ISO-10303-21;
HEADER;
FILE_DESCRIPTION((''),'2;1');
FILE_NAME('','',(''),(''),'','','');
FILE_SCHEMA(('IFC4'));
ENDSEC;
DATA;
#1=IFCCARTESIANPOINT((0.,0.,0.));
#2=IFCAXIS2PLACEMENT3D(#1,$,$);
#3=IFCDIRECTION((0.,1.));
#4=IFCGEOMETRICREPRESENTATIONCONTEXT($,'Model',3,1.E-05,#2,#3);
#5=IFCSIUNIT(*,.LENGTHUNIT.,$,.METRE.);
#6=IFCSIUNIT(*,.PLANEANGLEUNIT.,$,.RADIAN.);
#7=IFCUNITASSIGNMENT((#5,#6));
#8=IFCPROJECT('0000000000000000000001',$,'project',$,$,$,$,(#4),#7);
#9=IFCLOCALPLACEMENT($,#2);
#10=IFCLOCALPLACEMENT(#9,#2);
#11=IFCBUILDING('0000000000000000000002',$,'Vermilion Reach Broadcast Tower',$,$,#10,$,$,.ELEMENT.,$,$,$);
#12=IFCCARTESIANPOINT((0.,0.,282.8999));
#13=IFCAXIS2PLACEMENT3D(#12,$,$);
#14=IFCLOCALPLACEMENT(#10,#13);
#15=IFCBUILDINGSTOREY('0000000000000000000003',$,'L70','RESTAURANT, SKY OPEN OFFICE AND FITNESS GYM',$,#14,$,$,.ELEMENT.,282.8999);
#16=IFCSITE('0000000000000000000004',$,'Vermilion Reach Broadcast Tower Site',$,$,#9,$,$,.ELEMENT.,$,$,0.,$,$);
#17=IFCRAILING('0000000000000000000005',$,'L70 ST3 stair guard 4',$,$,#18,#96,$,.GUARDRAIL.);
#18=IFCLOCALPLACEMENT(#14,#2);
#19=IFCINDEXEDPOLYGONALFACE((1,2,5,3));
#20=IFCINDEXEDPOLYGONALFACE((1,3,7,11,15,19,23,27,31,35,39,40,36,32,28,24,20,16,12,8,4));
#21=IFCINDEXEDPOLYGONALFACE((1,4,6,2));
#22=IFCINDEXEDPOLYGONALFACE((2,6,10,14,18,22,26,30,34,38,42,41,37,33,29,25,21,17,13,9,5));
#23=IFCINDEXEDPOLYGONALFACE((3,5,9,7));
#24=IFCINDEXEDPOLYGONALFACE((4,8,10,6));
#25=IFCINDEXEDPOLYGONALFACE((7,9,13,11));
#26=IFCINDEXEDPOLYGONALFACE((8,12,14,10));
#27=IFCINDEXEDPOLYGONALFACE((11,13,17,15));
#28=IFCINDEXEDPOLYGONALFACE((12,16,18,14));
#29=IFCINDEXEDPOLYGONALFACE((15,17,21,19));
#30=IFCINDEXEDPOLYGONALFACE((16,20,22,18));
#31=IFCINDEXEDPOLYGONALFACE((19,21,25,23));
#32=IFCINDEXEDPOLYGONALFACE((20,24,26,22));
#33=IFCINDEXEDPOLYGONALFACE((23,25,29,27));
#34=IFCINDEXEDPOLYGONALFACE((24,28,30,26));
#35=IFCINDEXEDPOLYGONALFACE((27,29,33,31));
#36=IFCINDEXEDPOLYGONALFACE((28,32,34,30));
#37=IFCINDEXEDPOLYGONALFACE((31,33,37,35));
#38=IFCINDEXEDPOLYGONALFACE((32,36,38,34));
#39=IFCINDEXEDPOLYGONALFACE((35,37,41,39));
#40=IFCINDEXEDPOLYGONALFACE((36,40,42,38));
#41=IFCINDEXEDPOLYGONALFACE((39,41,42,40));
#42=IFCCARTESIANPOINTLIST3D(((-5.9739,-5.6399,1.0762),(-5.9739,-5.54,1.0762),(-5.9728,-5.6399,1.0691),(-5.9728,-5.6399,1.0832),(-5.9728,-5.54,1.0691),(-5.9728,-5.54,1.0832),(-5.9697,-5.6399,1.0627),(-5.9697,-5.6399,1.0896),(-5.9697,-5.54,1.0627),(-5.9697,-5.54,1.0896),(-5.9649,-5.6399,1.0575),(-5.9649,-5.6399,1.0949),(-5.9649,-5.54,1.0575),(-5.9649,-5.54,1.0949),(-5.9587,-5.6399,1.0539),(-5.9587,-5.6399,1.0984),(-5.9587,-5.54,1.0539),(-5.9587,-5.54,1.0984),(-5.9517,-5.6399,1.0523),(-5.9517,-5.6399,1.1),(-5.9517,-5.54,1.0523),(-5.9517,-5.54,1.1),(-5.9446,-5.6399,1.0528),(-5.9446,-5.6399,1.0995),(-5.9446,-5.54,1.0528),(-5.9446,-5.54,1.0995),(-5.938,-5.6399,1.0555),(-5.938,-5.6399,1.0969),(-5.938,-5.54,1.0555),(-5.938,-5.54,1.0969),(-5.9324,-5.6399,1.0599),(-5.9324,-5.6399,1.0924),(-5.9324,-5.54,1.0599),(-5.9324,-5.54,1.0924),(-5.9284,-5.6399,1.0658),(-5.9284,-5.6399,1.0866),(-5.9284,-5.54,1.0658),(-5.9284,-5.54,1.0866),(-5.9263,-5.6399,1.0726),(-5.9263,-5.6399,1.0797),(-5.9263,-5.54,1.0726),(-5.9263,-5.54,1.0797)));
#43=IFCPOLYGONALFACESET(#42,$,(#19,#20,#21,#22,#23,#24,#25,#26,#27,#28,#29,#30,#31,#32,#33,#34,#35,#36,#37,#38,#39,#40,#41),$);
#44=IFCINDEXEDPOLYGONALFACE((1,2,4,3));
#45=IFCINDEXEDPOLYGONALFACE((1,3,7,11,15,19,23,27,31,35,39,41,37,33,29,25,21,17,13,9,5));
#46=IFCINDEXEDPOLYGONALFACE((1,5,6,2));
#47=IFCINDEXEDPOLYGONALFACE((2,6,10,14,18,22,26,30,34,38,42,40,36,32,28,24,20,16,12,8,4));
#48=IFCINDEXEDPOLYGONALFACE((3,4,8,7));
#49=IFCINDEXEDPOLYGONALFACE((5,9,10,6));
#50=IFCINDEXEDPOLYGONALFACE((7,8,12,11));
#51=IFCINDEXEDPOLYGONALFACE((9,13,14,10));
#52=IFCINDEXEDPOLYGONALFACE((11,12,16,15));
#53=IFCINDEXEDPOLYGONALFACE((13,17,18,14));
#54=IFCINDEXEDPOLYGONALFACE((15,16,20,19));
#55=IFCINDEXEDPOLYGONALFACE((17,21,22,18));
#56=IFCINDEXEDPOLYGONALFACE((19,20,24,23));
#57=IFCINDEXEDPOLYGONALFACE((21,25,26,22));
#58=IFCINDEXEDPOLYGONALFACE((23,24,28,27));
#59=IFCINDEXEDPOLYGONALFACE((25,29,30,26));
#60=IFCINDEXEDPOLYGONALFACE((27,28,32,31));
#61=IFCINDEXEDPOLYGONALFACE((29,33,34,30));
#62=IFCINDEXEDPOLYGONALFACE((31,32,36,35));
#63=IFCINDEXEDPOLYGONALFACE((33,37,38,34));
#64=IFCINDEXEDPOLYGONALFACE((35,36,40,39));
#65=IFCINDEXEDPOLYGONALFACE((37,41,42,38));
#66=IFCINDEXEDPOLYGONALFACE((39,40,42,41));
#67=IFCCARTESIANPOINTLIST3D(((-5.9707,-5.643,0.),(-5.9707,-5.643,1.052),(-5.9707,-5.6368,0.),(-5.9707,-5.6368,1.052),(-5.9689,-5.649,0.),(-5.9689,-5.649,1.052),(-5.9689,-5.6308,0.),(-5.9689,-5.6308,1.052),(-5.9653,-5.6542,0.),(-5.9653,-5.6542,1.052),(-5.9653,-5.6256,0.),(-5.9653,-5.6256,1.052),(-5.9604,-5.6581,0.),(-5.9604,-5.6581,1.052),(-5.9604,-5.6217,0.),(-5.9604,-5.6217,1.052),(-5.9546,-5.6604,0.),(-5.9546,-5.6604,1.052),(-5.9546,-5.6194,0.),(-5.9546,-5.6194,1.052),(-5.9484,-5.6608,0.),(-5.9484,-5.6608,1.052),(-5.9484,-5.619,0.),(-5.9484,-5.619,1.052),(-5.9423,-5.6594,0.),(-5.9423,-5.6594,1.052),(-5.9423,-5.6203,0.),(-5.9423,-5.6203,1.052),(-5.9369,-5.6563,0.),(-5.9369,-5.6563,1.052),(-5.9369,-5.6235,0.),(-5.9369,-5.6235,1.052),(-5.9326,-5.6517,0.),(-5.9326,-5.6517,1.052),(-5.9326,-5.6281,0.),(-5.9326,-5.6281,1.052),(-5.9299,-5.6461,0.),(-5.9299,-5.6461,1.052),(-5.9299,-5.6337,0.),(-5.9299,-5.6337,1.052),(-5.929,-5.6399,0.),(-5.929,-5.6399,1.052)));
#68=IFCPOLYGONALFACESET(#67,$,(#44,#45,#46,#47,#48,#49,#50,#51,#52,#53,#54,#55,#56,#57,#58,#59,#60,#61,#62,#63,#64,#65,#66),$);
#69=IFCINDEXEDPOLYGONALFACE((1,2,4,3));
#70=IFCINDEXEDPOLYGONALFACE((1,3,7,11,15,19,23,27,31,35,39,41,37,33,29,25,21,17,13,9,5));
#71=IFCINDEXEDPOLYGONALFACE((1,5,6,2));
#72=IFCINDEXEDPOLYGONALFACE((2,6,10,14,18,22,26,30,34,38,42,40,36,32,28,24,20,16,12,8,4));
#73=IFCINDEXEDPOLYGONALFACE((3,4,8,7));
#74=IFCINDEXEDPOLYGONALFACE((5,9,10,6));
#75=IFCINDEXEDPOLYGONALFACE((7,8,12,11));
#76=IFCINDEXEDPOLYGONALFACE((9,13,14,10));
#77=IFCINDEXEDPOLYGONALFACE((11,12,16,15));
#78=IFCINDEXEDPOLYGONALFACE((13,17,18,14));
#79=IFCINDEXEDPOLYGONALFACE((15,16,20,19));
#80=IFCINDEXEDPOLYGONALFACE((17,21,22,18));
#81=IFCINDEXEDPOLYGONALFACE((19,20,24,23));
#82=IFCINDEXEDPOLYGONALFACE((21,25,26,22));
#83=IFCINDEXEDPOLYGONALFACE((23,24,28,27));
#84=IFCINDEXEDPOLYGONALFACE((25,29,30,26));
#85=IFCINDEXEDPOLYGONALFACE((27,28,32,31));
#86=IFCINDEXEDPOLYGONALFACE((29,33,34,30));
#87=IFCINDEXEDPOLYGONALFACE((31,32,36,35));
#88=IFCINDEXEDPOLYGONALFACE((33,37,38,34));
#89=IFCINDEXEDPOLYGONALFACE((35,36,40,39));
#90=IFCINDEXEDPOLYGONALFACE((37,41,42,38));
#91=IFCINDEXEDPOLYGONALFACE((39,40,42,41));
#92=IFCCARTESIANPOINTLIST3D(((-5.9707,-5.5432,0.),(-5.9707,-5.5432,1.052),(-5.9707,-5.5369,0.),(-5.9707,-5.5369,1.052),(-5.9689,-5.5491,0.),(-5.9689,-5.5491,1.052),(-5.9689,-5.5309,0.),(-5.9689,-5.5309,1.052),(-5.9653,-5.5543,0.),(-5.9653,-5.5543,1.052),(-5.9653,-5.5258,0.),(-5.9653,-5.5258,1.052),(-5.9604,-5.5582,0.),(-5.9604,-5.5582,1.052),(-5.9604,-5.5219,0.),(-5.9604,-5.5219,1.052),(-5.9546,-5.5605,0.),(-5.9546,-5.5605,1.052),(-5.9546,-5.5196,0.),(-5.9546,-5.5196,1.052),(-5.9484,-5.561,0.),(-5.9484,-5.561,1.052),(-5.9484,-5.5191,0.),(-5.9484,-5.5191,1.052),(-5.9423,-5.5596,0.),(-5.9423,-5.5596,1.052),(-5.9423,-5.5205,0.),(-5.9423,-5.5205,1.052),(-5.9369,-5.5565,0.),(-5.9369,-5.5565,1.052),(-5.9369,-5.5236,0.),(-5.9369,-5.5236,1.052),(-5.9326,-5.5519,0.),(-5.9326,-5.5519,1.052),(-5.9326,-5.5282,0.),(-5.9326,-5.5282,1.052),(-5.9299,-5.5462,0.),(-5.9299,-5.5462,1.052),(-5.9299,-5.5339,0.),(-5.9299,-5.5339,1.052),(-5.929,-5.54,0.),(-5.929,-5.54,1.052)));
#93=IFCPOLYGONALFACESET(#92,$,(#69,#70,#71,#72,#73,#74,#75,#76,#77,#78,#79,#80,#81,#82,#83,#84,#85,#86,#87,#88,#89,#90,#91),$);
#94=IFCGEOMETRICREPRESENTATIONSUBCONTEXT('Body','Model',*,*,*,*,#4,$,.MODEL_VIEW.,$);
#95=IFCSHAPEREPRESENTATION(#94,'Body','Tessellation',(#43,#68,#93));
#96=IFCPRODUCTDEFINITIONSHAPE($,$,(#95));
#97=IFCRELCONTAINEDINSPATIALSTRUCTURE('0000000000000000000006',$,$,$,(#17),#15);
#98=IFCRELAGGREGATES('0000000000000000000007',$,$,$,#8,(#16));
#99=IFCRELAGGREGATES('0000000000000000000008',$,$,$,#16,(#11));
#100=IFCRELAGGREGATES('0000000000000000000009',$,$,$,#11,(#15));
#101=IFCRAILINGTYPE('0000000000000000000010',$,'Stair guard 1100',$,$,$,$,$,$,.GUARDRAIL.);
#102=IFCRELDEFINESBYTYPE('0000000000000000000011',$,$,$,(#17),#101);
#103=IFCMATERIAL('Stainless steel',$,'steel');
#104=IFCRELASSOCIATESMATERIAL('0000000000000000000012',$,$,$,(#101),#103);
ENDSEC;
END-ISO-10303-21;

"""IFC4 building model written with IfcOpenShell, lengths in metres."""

from ifc_helpers import new_model, si_unit, direction, frame, origin, origin_2d, place, context, subcontext, project, spatial, circle, extrude, material, type_object, element, save


model = new_model("IFC4")

# Units and contexts
model_context = context("Model", 3, precision=1e-05, world=origin(), true_north=direction((0.0, 1.0)))
body_context = subcontext(model_context, "Body", "Model", "MODEL_VIEW")
ifc_project = project(units=[si_unit("LENGTHUNIT", "METRE"), si_unit("PLANEANGLEUNIT", "RADIAN")], contexts=[model_context])

# Site, building, storey
site_placement = place(None, origin())
site = spatial("IfcSite", under=ifc_project, at=site_placement, Name="Vermilion Reach Broadcast Tower Site", CompositionType="ELEMENT", RefElevation=0.0)
building_placement = place(site_placement, origin())
building = spatial("IfcBuilding", under=site, at=building_placement, Name="Vermilion Reach Broadcast Tower", CompositionType="ELEMENT")
storey_placement = place(building_placement, frame((0.0, 0.0, 282.8999)))
storey = spatial("IfcBuildingStorey", under=building, at=storey_placement, Name="L70", Description="RESTAURANT, SKY OPEN OFFICE AND FITNESS GYM", CompositionType="ELEMENT", Elevation=282.8999)

# Railing
ifc_material_1 = material(Name="Stainless steel", Category="steel")
railing_type_1 = type_object("IfcRailingType", Name="Stair guard 1100", PredefinedType="GUARDRAIL", material=ifc_material_1)
railing_1_placement = place(storey_placement, frame((-5.95, -5.6399, 0.0)))
element("IfcRailing", 1, at=railing_1_placement, inside=storey, type_object=railing_type_1, Name="L70 ST3 stair guard 4", PredefinedType="GUARDRAIL", context=body_context, shape_type="SweptSolid", body=[
    extrude(circle(Radius=0.0239, at=origin_2d()), frame((0.0, 0.0, 1.0762), z_axis=(0.0, 1.0, 0.0), x_axis=(-1.0, 0.0, 0.0)), (0.0, 0.0, 1.0), 0.0999),
    extrude(circle(Radius=0.021, at=origin_2d()), origin(), (0.0, 0.0, 1.0), 1.052),
    extrude(circle(Radius=0.021, at=origin_2d()), frame((0.0, 0.0999, 0.0)), (0.0, 0.0, 1.0), 1.052),
])

save(model, "model.ifc")
